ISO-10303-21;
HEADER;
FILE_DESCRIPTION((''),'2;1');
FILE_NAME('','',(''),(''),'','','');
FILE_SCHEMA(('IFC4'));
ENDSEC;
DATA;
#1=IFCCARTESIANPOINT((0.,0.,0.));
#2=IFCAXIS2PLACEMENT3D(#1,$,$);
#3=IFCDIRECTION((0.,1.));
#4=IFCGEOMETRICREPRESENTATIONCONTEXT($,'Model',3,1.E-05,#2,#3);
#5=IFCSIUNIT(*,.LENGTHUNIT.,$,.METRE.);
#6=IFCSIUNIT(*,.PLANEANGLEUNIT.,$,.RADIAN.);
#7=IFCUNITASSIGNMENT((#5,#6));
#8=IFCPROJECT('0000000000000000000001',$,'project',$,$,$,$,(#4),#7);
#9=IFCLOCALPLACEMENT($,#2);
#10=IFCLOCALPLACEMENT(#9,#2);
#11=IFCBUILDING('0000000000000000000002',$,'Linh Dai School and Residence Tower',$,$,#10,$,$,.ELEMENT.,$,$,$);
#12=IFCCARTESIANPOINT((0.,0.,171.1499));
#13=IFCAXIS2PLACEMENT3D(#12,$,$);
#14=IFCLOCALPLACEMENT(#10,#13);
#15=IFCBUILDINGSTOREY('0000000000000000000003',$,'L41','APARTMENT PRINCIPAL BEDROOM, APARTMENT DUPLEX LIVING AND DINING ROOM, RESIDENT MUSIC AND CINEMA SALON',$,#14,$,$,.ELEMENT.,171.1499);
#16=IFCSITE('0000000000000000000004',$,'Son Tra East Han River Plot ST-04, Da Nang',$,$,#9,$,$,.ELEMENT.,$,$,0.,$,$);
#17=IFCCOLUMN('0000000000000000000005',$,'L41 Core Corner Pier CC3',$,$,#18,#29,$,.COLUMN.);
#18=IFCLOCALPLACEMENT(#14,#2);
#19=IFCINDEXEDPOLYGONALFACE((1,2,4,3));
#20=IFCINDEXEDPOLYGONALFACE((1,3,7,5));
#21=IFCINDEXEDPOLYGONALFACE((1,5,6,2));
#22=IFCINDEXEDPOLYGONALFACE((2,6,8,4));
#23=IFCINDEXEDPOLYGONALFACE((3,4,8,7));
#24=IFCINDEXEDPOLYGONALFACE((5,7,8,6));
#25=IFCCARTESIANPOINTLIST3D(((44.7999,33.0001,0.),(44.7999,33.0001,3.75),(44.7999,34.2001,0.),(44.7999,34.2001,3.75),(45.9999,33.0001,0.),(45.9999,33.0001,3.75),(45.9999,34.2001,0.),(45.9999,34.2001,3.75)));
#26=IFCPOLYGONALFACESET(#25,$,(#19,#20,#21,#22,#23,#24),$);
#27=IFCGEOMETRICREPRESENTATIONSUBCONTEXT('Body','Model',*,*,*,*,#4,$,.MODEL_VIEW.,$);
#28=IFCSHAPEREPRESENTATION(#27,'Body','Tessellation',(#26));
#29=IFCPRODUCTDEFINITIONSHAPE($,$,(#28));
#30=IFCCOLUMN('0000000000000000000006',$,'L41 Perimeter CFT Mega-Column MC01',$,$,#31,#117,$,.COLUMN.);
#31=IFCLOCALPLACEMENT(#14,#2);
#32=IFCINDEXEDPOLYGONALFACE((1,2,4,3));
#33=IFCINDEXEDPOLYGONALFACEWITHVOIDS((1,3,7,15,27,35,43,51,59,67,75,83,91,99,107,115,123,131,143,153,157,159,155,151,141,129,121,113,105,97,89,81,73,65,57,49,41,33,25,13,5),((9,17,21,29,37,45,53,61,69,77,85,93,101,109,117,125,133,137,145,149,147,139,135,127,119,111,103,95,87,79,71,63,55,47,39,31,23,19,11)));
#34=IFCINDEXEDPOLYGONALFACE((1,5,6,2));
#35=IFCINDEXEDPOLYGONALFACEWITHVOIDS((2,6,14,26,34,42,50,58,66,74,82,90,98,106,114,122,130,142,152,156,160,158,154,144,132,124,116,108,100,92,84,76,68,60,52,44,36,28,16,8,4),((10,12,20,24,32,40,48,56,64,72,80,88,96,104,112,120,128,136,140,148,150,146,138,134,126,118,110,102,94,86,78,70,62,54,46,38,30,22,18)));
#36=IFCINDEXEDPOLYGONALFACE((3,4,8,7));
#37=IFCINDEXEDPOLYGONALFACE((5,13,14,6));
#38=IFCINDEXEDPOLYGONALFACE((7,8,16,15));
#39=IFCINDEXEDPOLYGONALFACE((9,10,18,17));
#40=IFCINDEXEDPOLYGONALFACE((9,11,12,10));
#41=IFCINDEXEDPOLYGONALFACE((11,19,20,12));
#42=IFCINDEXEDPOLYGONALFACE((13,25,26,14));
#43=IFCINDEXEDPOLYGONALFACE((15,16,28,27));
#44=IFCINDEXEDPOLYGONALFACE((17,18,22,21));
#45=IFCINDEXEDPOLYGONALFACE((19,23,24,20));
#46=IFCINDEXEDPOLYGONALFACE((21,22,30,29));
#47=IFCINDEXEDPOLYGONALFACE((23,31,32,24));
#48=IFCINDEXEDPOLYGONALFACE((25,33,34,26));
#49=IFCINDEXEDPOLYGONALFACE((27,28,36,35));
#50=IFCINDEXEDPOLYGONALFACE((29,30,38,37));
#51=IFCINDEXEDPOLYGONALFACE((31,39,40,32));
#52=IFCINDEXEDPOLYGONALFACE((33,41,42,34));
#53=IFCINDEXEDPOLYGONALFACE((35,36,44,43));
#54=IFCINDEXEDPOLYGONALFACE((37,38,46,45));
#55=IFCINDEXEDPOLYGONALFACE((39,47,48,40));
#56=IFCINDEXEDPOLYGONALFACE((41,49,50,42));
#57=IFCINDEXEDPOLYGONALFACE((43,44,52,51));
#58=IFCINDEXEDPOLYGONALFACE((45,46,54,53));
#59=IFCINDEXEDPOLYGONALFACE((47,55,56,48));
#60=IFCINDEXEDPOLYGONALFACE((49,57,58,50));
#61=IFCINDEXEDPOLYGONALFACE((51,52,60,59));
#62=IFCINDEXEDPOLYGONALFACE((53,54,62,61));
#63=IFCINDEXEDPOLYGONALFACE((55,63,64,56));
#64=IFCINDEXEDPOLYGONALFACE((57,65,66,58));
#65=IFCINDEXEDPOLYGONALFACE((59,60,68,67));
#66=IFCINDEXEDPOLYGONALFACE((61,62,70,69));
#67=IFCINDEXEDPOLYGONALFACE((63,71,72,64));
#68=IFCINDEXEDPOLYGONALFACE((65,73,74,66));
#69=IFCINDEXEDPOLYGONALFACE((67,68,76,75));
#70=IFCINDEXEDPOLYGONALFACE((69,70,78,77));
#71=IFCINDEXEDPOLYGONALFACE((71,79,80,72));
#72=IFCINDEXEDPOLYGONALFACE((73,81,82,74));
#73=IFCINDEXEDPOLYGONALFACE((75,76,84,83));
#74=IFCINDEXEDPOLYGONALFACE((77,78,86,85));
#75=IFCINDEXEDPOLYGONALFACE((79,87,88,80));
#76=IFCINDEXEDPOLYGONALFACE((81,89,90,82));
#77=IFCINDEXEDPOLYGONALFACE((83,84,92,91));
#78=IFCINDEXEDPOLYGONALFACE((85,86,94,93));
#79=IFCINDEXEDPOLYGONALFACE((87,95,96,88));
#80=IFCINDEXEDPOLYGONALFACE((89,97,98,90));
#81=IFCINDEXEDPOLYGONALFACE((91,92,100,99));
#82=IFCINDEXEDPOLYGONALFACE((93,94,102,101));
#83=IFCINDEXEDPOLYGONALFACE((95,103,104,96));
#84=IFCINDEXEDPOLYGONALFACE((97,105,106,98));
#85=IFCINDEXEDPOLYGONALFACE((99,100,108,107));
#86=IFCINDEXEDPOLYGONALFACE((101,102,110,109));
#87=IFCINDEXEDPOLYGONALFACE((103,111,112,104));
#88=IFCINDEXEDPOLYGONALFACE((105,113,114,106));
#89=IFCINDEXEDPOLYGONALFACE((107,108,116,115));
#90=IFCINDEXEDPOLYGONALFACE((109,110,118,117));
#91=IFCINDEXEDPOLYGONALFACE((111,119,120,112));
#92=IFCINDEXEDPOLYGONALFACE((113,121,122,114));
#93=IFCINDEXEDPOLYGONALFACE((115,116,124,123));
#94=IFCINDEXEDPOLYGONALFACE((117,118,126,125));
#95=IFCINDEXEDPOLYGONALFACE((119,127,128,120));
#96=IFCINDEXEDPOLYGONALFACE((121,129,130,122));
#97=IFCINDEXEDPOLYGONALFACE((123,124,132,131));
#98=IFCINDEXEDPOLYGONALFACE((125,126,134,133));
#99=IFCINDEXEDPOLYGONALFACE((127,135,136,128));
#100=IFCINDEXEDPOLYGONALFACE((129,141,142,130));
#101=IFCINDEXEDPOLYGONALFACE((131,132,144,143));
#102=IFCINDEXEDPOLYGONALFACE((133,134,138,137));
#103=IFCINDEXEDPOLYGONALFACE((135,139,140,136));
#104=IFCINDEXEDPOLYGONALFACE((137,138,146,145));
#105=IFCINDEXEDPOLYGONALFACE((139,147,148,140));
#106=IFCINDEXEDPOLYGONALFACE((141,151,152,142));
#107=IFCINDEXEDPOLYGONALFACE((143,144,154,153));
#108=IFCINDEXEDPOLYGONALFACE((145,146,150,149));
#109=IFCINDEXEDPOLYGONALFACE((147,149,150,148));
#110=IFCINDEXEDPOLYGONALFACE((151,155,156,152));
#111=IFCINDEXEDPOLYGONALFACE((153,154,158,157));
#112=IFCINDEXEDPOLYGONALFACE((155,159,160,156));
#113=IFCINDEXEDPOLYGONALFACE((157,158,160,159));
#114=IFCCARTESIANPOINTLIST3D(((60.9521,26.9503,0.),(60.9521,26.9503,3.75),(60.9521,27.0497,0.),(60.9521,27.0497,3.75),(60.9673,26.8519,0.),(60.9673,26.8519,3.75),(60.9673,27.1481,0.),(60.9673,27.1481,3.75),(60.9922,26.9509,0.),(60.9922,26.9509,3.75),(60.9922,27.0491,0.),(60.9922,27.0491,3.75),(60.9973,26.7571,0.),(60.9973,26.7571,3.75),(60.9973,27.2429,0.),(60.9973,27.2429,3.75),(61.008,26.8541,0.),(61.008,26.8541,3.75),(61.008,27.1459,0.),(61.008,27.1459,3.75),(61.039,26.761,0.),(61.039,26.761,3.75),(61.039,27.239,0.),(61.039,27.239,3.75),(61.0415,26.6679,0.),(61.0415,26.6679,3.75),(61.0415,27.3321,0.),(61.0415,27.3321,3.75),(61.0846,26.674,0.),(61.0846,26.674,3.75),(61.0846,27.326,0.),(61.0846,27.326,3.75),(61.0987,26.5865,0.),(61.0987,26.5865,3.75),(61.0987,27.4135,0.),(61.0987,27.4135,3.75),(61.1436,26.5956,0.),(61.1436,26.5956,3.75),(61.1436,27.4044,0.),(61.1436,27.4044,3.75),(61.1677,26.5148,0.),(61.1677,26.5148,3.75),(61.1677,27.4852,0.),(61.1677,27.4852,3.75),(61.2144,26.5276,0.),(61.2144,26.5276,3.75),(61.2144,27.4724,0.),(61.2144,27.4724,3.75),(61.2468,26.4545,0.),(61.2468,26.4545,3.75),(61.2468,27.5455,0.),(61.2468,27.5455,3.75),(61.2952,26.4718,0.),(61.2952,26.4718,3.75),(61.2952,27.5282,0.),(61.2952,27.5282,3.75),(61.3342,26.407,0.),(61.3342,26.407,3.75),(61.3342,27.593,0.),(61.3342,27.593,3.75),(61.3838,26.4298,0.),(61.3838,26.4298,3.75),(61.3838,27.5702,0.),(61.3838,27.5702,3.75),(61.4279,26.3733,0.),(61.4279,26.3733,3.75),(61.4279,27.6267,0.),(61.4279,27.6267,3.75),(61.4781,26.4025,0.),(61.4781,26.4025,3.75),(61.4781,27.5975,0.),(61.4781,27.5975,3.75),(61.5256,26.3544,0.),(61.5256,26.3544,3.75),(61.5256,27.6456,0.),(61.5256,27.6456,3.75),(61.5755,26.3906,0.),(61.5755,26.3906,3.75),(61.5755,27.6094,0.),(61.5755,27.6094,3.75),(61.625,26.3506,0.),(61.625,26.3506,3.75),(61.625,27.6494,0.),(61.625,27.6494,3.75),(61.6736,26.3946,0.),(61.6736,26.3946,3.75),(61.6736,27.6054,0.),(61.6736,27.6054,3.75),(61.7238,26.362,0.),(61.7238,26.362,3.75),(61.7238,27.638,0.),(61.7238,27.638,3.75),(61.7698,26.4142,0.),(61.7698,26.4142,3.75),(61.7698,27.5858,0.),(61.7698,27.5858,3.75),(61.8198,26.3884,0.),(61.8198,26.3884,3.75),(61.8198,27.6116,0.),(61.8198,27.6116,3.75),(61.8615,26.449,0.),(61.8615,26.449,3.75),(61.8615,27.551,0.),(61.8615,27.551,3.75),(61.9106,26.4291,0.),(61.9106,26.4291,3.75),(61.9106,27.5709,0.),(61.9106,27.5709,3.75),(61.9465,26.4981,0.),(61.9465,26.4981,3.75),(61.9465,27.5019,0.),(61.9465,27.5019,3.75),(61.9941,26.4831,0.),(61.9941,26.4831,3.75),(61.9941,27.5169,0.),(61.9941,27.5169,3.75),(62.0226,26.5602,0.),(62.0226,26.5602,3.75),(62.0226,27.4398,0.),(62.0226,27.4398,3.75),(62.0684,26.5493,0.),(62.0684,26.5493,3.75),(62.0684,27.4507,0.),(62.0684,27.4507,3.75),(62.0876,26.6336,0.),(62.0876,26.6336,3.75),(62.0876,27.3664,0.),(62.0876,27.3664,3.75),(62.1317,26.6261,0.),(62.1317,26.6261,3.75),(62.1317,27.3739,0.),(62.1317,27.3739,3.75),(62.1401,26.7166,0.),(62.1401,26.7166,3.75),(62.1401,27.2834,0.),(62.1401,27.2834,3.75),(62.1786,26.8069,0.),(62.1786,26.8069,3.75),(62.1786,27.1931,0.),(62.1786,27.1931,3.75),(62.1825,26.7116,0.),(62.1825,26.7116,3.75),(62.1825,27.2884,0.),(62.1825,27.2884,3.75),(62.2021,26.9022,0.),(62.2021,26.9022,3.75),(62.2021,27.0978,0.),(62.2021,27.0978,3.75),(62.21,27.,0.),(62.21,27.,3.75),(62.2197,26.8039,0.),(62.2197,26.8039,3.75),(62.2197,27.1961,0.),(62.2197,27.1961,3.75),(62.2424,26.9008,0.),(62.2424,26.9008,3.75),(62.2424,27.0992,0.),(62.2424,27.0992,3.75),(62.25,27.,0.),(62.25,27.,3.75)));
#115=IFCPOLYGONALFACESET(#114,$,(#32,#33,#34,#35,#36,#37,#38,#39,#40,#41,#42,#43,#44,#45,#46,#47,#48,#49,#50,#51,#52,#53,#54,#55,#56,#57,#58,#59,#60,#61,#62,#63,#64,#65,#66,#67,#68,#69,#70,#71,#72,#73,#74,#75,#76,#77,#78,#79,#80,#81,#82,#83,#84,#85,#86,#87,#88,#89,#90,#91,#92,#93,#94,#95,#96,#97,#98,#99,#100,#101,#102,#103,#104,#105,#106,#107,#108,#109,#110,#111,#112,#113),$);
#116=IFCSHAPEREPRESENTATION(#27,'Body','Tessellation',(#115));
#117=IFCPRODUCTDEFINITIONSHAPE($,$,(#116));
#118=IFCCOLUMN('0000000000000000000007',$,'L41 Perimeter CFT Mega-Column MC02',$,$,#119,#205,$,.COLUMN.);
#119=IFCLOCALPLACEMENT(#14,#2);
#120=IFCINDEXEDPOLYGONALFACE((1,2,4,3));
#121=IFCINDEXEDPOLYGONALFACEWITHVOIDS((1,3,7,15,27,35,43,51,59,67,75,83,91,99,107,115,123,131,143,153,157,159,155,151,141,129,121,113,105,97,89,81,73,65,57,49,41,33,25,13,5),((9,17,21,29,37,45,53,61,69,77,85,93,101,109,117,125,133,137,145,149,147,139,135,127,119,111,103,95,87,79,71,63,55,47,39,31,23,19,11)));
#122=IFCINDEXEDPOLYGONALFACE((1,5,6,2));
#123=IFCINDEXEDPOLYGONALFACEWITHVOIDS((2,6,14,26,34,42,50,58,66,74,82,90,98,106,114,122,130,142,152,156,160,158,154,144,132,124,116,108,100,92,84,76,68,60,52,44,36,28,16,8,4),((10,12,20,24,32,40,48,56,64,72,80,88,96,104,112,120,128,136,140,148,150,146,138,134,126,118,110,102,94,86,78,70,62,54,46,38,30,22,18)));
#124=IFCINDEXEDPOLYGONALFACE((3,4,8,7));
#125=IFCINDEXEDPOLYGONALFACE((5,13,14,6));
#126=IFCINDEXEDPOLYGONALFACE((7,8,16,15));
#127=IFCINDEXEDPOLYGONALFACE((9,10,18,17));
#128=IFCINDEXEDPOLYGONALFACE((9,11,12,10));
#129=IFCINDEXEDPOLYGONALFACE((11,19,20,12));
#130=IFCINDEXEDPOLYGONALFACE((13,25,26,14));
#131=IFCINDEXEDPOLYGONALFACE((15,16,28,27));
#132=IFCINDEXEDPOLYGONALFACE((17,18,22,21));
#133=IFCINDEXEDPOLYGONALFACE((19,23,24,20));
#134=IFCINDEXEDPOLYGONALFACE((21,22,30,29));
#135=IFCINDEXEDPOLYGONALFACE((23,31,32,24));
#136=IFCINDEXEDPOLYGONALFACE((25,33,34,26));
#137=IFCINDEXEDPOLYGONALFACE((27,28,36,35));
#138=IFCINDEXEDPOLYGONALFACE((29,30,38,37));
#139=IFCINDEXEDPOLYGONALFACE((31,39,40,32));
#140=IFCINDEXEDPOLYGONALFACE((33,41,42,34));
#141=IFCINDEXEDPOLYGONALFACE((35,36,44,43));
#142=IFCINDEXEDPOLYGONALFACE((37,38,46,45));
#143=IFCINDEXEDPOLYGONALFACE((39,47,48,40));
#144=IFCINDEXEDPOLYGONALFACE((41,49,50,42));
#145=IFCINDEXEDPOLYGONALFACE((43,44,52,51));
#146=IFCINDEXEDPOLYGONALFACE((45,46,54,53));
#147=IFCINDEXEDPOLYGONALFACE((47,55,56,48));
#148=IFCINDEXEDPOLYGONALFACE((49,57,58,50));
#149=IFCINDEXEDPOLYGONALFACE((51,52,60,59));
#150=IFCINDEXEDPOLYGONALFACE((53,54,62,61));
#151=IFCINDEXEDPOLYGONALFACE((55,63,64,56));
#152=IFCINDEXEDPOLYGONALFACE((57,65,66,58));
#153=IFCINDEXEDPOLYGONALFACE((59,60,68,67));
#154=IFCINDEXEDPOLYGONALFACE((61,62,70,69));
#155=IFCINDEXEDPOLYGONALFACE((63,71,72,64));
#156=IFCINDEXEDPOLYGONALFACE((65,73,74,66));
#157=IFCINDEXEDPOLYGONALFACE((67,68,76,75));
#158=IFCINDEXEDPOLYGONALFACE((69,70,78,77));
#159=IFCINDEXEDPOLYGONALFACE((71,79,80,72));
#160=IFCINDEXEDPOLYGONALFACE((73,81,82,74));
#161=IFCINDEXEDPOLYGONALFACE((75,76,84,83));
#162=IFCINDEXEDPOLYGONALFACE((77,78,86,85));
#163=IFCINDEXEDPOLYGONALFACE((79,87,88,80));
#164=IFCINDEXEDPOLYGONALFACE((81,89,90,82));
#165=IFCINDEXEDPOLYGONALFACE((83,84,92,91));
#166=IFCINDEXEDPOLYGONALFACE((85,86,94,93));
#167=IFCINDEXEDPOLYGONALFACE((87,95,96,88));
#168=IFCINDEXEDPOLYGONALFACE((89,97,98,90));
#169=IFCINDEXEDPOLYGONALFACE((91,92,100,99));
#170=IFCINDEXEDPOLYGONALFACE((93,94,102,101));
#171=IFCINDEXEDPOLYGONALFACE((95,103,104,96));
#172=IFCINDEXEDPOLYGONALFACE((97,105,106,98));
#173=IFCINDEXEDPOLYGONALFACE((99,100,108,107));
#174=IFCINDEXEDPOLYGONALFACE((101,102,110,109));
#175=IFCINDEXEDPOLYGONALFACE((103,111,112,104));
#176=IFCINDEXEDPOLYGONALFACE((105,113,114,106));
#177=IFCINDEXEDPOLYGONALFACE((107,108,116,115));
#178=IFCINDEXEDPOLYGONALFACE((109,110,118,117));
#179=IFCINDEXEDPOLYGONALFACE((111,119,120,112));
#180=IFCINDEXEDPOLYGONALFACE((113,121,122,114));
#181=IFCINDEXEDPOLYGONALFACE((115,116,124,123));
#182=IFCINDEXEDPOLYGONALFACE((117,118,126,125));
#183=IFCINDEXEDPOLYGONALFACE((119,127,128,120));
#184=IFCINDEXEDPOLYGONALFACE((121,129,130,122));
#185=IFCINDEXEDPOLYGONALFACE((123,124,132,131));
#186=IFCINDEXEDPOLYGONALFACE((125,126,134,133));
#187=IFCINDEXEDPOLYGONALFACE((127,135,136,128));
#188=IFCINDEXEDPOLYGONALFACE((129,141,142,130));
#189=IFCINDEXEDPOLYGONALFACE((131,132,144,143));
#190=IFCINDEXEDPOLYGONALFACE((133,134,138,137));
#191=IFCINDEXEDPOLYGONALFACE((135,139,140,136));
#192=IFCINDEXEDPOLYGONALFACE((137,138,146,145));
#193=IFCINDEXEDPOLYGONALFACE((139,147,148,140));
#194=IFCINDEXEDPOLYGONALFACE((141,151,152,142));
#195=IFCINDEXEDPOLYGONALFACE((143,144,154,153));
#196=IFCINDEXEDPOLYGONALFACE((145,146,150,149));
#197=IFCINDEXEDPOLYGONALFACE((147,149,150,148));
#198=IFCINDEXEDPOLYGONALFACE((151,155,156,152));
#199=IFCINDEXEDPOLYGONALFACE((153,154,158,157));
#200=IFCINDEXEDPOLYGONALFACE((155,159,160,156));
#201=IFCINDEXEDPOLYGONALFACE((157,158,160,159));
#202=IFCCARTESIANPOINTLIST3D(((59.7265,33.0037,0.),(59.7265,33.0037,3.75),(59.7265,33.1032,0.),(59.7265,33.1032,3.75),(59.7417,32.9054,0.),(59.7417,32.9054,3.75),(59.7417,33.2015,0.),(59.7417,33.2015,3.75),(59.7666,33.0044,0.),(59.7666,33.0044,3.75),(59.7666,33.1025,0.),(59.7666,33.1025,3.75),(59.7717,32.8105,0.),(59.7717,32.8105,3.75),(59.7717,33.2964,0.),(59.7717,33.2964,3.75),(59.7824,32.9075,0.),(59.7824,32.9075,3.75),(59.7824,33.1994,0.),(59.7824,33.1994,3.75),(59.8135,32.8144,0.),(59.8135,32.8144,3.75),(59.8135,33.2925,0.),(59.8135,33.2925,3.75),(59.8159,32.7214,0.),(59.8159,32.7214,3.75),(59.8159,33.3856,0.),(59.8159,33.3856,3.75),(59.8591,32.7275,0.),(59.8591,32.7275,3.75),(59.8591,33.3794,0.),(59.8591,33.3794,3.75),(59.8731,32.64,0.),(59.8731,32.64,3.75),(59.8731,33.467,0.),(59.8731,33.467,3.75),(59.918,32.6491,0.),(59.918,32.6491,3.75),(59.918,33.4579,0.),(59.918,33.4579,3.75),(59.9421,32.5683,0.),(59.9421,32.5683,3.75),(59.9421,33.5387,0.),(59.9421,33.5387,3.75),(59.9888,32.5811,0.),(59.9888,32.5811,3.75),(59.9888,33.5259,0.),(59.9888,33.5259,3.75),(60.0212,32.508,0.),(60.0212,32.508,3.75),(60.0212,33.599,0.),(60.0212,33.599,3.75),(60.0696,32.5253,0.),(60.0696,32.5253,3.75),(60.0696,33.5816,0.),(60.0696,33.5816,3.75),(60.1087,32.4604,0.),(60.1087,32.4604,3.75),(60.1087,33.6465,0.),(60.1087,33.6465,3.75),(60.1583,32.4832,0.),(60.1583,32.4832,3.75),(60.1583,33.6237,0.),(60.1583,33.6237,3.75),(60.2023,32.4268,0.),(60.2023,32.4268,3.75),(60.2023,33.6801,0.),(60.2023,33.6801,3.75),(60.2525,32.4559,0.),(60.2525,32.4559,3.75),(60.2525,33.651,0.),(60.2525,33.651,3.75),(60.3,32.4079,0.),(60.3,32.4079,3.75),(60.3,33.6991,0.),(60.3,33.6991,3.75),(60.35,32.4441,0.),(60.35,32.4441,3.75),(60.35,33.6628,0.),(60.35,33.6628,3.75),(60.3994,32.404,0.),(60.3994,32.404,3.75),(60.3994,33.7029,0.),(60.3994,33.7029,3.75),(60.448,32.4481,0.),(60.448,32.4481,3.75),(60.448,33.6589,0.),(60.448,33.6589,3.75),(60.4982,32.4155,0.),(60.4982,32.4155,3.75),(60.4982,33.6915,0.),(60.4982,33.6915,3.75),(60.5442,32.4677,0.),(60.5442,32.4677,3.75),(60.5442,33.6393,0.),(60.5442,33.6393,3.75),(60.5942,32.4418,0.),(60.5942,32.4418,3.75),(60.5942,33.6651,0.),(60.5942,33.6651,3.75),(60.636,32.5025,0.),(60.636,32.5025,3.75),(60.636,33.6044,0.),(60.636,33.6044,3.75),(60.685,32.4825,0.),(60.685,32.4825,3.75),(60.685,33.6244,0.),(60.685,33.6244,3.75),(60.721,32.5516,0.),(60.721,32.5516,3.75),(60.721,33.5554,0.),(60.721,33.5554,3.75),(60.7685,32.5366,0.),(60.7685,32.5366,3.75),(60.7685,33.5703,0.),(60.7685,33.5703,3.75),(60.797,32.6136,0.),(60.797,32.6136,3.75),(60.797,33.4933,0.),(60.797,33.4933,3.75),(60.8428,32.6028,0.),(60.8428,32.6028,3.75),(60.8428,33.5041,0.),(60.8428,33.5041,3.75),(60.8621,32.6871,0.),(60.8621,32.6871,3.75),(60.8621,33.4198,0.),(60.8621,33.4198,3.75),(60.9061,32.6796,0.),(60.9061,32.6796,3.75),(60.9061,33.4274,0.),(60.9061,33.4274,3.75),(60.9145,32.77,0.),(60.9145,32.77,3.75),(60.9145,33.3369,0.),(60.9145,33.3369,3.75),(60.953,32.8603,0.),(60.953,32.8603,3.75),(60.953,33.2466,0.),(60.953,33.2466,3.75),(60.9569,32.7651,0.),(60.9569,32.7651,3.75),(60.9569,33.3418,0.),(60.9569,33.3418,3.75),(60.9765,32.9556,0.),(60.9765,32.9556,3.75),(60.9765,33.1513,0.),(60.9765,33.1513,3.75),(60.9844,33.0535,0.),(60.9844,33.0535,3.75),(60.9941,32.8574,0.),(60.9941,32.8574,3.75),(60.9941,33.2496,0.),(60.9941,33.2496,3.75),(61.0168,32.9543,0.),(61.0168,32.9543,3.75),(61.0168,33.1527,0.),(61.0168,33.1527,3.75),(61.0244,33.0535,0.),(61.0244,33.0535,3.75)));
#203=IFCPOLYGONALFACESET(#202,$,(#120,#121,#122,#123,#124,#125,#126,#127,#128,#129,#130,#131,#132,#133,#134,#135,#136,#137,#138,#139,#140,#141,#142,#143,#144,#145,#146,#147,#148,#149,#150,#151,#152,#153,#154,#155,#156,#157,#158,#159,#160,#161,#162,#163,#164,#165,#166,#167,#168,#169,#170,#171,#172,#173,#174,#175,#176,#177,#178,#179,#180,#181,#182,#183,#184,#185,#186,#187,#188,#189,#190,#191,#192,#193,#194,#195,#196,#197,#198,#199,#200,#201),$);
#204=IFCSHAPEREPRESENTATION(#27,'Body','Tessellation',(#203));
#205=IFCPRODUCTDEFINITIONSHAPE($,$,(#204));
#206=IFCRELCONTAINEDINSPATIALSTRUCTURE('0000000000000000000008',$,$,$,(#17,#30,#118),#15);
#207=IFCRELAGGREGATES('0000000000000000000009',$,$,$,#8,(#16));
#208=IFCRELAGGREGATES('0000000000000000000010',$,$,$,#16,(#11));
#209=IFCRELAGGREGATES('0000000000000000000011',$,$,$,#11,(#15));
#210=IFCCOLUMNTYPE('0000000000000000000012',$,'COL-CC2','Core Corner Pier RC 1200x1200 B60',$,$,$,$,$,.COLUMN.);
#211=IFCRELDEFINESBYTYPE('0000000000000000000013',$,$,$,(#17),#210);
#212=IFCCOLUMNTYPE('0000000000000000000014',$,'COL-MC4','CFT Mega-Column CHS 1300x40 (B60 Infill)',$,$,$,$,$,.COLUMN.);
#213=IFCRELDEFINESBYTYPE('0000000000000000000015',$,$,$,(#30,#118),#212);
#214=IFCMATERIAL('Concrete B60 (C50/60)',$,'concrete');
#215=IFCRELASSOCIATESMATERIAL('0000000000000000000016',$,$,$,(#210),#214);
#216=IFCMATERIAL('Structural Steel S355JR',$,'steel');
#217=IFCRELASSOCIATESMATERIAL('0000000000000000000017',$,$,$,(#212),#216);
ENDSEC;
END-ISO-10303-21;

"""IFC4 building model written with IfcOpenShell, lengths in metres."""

from ifc_helpers import new_model, si_unit, direction, frame, origin, origin_2d, place, context, subcontext, project, spatial, rectangle, hollow_circle, extrude, material, material_profile, profile_set, type_object, element, save


model = new_model("IFC4")

# Units and contexts
model_context = context("Model", 3, precision=1e-05, world=origin(), true_north=direction((0.0, 1.0)))
body_context = subcontext(model_context, "Body", "Model", "MODEL_VIEW")
ifc_project = project(units=[si_unit("LENGTHUNIT", "METRE"), si_unit("PLANEANGLEUNIT", "RADIAN")], contexts=[model_context])

# Site, building, storey
site_placement = place(None, origin())
site = spatial("IfcSite", under=ifc_project, at=site_placement, Name="Son Tra East Han River Plot ST-04, Da Nang", CompositionType="ELEMENT", RefElevation=0.0)
building_placement = place(site_placement, origin())
building = spatial("IfcBuilding", under=site, at=building_placement, Name="Linh Dai School and Residence Tower", CompositionType="ELEMENT")
storey_placement = place(building_placement, frame((0.0, 0.0, 171.1499)))
storey = spatial("IfcBuildingStorey", under=building, at=storey_placement, Name="L41", Description="APARTMENT PRINCIPAL BEDROOM, APARTMENT DUPLEX LIVING AND DINING ROOM, RESIDENT MUSIC AND CINEMA SALON", CompositionType="ELEMENT", Elevation=171.1499)

# Columns
ifc_material_1 = material(Name="Concrete B60 (C50/60)", Category="concrete")
ifc_material_profile_1 = material_profile(ifc_material_1, rectangle(XDim=1.2, YDim=1.2, at=origin_2d()), Name="RC 1200x1200")
ifc_profile_set_1 = profile_set([ifc_material_profile_1], Name="Concrete B60 (C50/60)")
column_type_1 = type_object("IfcColumnType", Name="COL-CC2", Description="Core Corner Pier RC 1200x1200 B60", PredefinedType="COLUMN", material=ifc_profile_set_1)
column_placement = place(storey_placement, frame((45.3999, 33.6001, 0.0), z_axis=(0.0, 0.0, 1.0), x_axis=(1.0, 0.0, 0.0)))
element("IfcColumn", 1, at=column_placement, inside=storey, type_object=column_type_1, Name="L41 Core Corner Pier CC3", PredefinedType="COLUMN", context=body_context, shape_type="SweptSolid", body=[
    extrude(rectangle(XDim=1.2, YDim=1.2, at=origin_2d()), origin(), (0.0, 0.0, 1.0), 3.75),
])
ifc_material_2 = material(Name="Structural Steel S355JR", Category="steel")
ifc_material_profile_2 = material_profile(ifc_material_2, hollow_circle(Radius=0.6499, WallThickness=0.04, at=origin_2d()), Name="CHS 1300x40")
ifc_profile_set_2 = profile_set([ifc_material_profile_2], Name="Structural Steel S355JR")
column_type_2 = type_object("IfcColumnType", Name="COL-MC4", Description="CFT Mega-Column CHS 1300x40 (B60 Infill)", PredefinedType="COLUMN", material=ifc_profile_set_2)
for number, where, z_axis, x_axis, name in (
    (2, (61.6001, 27.0, 0.0), (0.0, 0.0, 1.0), (1.0, 0.0, 0.0), "L41 Perimeter CFT Mega-Column MC01"),
    (3, (60.3745, 33.0535, 0.0), (0.0, 0.0, 1.0), (1.0, 0.0, 0.0), "L41 Perimeter CFT Mega-Column MC02"),
):
    element("IfcColumn", number, at=place(storey_placement, frame(where, z_axis=z_axis, x_axis=x_axis)), inside=storey, type_object=column_type_2, Name=name, PredefinedType="COLUMN", context=body_context, shape_type="SweptSolid", body=[
        extrude(hollow_circle(Radius=0.6499, WallThickness=0.04, at=origin_2d()), origin(), (0.0, 0.0, 1.0), 3.75),
    ])

save(model, "model.ifc")
